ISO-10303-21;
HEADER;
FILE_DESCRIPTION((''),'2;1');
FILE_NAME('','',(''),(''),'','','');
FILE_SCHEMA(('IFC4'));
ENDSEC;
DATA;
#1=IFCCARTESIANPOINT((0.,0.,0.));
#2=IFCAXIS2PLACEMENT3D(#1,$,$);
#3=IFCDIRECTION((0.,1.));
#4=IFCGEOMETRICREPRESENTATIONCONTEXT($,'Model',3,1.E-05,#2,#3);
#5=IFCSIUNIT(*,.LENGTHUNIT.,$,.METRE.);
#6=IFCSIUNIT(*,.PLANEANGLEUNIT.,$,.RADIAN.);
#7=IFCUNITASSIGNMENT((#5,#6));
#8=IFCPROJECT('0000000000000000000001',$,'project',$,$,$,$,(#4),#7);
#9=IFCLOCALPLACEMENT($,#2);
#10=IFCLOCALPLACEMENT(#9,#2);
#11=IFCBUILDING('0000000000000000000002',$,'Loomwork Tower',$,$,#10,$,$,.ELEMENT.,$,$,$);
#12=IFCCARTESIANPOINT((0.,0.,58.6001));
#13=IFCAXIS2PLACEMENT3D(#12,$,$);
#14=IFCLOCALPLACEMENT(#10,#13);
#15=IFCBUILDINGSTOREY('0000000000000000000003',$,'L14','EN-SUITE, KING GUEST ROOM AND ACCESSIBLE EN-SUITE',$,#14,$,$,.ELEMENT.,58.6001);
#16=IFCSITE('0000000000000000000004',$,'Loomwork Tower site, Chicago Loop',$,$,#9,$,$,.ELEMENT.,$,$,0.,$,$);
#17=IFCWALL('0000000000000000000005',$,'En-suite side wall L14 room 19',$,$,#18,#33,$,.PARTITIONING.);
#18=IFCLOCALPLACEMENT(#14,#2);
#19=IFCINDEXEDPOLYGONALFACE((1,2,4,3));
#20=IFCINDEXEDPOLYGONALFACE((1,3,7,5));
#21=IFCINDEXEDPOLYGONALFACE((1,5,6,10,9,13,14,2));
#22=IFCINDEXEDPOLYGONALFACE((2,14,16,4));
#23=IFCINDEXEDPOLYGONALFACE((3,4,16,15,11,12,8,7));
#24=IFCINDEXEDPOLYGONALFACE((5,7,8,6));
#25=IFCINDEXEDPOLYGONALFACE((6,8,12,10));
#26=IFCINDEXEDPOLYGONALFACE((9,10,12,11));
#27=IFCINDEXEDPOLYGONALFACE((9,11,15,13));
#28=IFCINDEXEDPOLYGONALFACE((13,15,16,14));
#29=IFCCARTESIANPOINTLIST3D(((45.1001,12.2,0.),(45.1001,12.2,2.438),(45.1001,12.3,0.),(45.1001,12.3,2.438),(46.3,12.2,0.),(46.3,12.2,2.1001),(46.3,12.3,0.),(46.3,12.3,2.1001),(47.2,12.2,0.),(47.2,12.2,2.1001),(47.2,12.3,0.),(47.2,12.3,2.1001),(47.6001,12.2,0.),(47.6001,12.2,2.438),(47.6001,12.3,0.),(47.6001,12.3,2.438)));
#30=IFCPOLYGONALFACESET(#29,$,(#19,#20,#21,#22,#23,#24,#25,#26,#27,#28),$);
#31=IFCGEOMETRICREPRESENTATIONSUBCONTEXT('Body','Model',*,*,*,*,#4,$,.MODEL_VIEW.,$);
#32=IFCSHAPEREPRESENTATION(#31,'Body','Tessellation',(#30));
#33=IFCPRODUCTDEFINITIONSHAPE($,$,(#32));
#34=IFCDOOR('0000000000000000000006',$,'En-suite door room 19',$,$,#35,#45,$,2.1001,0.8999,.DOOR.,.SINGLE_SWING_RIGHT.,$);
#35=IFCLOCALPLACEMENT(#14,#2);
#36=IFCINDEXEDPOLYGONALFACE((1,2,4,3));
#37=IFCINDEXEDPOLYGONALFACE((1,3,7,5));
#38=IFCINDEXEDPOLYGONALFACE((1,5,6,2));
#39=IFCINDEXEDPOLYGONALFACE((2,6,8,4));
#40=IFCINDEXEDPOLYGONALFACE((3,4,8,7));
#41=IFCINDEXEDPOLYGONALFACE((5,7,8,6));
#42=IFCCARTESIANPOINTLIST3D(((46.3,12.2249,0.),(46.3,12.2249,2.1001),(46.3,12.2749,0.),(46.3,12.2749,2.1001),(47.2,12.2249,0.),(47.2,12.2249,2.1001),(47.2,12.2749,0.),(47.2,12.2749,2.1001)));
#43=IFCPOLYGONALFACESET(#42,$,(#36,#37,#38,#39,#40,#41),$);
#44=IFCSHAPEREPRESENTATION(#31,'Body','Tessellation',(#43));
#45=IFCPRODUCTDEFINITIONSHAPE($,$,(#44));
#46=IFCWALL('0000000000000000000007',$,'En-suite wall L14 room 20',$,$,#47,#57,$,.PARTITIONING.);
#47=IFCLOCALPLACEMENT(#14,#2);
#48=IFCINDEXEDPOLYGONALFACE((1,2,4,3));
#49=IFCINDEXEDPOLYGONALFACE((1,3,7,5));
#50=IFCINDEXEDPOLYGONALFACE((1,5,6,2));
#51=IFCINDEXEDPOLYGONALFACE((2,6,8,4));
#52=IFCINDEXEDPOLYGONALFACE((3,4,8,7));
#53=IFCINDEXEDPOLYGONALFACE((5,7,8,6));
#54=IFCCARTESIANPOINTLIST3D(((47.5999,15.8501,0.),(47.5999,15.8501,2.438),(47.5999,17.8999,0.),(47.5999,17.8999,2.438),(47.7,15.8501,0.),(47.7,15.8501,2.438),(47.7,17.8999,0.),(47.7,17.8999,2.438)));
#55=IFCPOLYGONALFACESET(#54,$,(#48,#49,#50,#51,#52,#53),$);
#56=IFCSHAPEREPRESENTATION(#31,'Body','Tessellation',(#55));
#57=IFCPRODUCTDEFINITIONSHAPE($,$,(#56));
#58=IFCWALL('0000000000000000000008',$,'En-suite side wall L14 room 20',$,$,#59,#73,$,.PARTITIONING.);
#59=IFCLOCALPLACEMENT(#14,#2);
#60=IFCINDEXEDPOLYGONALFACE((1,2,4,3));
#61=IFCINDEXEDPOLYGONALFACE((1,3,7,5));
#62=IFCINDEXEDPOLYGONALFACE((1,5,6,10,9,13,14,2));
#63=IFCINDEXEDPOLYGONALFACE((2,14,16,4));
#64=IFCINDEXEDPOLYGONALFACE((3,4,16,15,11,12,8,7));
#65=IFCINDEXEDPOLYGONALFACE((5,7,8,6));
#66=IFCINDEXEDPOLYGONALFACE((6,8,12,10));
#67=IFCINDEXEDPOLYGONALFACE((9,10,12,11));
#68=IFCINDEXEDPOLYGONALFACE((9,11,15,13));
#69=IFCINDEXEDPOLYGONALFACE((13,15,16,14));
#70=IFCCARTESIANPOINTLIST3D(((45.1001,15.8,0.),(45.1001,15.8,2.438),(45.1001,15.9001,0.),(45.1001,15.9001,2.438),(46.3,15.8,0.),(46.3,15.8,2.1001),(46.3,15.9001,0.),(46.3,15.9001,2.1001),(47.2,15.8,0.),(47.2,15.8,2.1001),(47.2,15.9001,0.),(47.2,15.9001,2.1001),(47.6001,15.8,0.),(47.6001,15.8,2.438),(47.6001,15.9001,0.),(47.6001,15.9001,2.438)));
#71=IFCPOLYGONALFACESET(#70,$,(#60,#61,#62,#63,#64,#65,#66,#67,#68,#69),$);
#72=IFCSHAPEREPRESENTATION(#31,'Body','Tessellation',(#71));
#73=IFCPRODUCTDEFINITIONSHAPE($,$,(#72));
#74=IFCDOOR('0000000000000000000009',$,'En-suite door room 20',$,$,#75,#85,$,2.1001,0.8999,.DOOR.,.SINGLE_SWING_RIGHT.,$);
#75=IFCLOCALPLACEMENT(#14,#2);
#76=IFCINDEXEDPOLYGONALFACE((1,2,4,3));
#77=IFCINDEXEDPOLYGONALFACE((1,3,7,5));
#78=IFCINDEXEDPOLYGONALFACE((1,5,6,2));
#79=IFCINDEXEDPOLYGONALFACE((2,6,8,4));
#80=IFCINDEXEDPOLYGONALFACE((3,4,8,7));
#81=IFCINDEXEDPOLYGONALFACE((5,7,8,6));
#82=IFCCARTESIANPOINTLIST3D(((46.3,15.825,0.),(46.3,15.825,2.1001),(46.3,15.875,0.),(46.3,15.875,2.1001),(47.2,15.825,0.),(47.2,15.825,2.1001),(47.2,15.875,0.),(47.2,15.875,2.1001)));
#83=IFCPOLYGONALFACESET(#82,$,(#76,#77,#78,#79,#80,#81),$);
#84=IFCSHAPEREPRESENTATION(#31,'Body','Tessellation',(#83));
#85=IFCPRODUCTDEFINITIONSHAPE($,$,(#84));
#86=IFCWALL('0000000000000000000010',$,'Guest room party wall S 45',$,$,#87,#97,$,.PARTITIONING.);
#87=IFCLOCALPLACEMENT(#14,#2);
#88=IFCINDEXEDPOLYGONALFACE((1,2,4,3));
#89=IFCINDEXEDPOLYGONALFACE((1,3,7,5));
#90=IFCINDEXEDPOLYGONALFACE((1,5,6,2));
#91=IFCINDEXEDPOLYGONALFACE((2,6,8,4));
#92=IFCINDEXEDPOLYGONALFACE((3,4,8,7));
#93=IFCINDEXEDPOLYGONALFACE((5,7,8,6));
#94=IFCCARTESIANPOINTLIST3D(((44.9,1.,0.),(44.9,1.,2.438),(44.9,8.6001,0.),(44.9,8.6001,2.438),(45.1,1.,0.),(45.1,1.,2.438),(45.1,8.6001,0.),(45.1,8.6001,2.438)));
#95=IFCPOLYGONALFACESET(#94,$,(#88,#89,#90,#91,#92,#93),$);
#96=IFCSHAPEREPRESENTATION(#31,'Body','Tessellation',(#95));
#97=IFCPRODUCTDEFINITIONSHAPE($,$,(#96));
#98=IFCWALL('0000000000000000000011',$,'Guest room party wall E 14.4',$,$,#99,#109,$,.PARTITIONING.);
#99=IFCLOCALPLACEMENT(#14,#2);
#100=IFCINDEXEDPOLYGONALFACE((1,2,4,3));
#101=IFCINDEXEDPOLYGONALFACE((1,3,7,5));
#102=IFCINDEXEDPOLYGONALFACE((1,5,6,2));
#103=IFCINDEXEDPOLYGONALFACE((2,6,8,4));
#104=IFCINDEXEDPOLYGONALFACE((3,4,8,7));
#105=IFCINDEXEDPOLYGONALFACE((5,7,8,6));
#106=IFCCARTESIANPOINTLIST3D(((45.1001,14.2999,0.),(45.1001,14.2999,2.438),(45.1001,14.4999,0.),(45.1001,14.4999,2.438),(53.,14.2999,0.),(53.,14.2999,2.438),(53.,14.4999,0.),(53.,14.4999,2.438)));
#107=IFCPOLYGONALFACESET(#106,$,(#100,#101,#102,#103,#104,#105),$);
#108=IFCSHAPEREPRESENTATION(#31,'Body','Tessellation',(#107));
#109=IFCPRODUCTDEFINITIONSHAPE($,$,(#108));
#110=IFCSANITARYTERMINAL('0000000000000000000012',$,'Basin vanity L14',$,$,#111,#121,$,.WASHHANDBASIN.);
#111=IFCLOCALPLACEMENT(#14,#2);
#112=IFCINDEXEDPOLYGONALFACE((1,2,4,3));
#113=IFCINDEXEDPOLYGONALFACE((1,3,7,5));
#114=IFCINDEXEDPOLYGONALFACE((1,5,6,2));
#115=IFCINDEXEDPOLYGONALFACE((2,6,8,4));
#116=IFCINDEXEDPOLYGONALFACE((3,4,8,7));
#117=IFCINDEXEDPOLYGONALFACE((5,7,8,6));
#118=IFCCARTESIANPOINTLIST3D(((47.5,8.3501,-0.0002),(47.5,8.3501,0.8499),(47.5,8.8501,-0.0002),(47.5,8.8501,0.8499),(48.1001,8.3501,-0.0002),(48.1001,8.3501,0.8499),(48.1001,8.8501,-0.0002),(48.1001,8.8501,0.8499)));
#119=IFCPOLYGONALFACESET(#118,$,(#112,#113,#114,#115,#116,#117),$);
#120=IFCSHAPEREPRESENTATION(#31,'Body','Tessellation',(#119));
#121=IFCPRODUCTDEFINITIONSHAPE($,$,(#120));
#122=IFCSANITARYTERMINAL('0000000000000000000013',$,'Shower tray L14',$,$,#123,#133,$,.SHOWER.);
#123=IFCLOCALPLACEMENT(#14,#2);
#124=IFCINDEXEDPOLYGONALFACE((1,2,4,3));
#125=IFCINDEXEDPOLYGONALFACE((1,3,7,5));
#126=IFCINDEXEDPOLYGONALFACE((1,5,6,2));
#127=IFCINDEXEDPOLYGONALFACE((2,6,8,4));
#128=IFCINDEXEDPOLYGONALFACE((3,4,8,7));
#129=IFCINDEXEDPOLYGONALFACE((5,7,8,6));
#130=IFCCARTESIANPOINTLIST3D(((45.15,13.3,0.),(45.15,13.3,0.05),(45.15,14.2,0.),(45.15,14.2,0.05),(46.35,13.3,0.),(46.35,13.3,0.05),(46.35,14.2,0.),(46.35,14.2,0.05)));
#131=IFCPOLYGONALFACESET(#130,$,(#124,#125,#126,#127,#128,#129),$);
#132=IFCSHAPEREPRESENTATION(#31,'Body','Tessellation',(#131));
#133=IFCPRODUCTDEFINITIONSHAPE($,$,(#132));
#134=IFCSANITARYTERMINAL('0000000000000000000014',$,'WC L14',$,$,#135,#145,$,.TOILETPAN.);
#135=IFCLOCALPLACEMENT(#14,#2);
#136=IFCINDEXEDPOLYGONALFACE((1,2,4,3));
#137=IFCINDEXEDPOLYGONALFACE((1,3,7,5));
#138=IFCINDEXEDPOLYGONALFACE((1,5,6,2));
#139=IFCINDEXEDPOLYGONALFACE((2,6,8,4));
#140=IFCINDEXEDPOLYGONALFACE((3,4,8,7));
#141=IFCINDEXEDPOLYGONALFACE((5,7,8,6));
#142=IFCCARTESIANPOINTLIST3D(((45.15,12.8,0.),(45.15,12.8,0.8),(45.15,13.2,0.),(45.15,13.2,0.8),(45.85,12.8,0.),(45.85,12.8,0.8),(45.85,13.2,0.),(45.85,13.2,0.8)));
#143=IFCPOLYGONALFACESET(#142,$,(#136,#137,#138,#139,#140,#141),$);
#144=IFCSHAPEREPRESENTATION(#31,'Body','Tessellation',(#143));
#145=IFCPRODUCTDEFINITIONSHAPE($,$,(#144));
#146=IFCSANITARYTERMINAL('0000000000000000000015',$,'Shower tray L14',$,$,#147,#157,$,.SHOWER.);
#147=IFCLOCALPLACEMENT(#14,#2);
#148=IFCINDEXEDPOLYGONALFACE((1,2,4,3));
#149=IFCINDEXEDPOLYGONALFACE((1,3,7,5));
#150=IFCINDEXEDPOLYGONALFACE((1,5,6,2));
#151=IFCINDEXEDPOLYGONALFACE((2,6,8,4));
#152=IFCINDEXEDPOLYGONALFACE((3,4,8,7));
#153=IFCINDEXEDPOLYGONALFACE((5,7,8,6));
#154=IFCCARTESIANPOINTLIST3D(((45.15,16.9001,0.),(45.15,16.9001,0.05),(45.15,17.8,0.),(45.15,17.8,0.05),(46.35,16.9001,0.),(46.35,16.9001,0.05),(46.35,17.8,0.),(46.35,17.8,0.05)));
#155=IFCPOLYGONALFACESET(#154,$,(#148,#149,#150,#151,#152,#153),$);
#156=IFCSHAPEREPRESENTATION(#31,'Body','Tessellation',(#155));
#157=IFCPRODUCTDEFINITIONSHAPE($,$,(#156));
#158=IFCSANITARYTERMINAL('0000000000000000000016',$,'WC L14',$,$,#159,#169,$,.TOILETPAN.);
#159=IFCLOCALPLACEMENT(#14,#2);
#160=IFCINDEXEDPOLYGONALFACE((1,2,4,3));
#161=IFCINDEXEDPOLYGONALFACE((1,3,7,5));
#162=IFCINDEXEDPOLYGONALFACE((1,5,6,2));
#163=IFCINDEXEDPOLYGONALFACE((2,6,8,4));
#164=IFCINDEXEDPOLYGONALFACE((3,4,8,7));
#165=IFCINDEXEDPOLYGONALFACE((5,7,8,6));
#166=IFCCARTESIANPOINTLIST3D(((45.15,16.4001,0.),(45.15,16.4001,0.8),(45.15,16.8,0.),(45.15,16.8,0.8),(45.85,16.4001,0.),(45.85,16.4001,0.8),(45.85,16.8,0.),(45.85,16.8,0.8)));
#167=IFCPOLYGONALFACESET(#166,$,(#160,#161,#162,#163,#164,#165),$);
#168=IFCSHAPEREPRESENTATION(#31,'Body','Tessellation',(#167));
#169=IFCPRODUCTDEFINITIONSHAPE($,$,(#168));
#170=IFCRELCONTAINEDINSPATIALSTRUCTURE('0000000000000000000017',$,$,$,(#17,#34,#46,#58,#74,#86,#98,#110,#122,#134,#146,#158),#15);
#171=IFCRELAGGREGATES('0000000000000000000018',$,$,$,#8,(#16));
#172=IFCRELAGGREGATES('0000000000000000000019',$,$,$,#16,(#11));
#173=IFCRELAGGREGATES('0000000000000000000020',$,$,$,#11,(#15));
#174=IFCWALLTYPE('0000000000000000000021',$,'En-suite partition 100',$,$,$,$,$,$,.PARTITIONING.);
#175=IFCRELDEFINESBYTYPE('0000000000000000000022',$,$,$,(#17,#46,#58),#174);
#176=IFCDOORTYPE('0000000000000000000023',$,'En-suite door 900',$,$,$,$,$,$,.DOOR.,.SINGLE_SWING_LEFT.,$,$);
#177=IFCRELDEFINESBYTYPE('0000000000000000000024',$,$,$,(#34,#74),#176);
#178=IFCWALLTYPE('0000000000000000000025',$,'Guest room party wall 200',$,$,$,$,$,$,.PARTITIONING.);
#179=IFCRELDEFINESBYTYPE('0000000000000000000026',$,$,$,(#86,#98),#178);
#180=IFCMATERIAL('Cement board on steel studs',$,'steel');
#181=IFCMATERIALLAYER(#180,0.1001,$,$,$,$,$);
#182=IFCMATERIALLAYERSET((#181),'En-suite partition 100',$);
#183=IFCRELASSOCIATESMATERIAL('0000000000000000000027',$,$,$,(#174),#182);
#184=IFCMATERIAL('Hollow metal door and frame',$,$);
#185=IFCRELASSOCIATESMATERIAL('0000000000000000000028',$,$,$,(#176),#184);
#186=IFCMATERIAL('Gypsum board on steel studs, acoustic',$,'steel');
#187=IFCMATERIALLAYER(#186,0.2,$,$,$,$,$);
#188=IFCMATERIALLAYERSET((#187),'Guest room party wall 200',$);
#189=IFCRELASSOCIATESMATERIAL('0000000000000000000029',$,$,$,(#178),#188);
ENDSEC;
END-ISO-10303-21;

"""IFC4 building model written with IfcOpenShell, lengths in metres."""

from ifc_helpers import new_model, si_unit, direction, frame, frame_2d, origin, origin_2d, place, context, subcontext, project, spatial, rectangle, extrude, material, layer, layer_set, type_object, element, fill, save


model = new_model("IFC4")

# Units and contexts
model_context = context("Model", 3, precision=1e-05, world=origin(), true_north=direction((0.0, 1.0)))
body_context = subcontext(model_context, "Body", "Model", "MODEL_VIEW")
ifc_project = project(units=[si_unit("LENGTHUNIT", "METRE"), si_unit("PLANEANGLEUNIT", "RADIAN")], contexts=[model_context])

# Site, building, storey
site_placement = place(None, origin())
site = spatial("IfcSite", under=ifc_project, at=site_placement, Name="Loomwork Tower site, Chicago Loop", CompositionType="ELEMENT", RefElevation=0.0)
building_placement = place(site_placement, origin())
building = spatial("IfcBuilding", under=site, at=building_placement, Name="Loomwork Tower", CompositionType="ELEMENT")
storey_placement = place(building_placement, frame((0.0, 0.0, 58.6001)))
storey = spatial("IfcBuildingStorey", under=building, at=storey_placement, Name="L14", Description="EN-SUITE, KING GUEST ROOM AND ACCESSIBLE EN-SUITE", CompositionType="ELEMENT", Elevation=58.6001)

# Shared definitions
ifc_material_1 = material(Name="Cement board on steel studs", Category="steel")
ifc_layer_1 = layer(ifc_material_1, 0.1001)
ifc_layer_set_1 = layer_set([ifc_layer_1], Name="En-suite partition 100")
wall_type_1 = type_object("IfcWallType", Name="En-suite partition 100", PredefinedType="PARTITIONING", material=ifc_layer_set_1)

# Wall, opening, door
wall_1_placement = place(storey_placement, frame((45.1001, 12.25, 0.0), z_axis=(0.0, 0.0, 1.0), x_axis=(1.0, 0.0, 0.0)))
wall_1 = element("IfcWall", 1, at=wall_1_placement, inside=storey, type_object=wall_type_1, Name="En-suite side wall L14 room 19", PredefinedType="PARTITIONING", context=body_context, shape_type="SweptSolid", body=[
    extrude(rectangle(XDim=2.5, YDim=0.1001, at=frame_2d((1.25, 0.0))), origin(), (0.0, 0.0, 1.0), 2.438),
])
opening_1_placement = place(wall_1_placement, frame((1.2, 0.0, 0.0)))
opening_1 = element("IfcOpeningElement", 2, at=opening_1_placement, cuts=wall_1, PredefinedType="OPENING", context=body_context, shape_type="SweptSolid", body=[
    extrude(rectangle(XDim=0.8999, YDim=2.1001, at=frame_2d((0.45, 1.05))), frame((0.0, 0.0601, 0.0), z_axis=(0.0, -1.0, 0.0), x_axis=(1.0, 0.0, 0.0)), (0.0, 0.0, 1.0), 0.1201),
])
ifc_material_2 = material(Name="Hollow metal door and frame")
door_type_1 = type_object("IfcDoorType", Name="En-suite door 900", OperationType="SINGLE_SWING_LEFT", PredefinedType="DOOR", material=ifc_material_2)
door_1_placement = place(opening_1_placement, origin())
door_1 = element("IfcDoor", 3, at=door_1_placement, inside=storey, type_object=door_type_1, Name="En-suite door room 19", OperationType="SINGLE_SWING_RIGHT", OverallHeight=2.1001, OverallWidth=0.8999, PredefinedType="DOOR", context=body_context, shape_type="SweptSolid", body=[
    extrude(rectangle(XDim=0.8999, YDim=2.1001, at=frame_2d((0.45, 1.05))), frame((0.0, 0.0249, 0.0), z_axis=(0.0, -1.0, 0.0), x_axis=(1.0, 0.0, 0.0)), (0.0, 0.0, 1.0), 0.05),
])
fill(opening_1, door_1)

# Wall
wall_2_placement = place(storey_placement, frame((47.6499, 15.8501, 0.0), z_axis=(0.0, 0.0, 1.0), x_axis=(0.0, 1.0, 0.0)))
element("IfcWall", 4, at=wall_2_placement, inside=storey, type_object=wall_type_1, Name="En-suite wall L14 room 20", PredefinedType="PARTITIONING", context=body_context, shape_type="SweptSolid", body=[
    extrude(rectangle(XDim=2.0498, YDim=0.1001, at=frame_2d((1.0249, 0.0))), origin(), (0.0, 0.0, 1.0), 2.438),
])

# Wall, opening, door
wall_3_placement = place(storey_placement, frame((45.1001, 15.8501, 0.0), z_axis=(0.0, 0.0, 1.0), x_axis=(1.0, 0.0, 0.0)))
wall_3 = element("IfcWall", 5, at=wall_3_placement, inside=storey, type_object=wall_type_1, Name="En-suite side wall L14 room 20", PredefinedType="PARTITIONING", context=body_context, shape_type="SweptSolid", body=[
    extrude(rectangle(XDim=2.5, YDim=0.1001, at=frame_2d((1.25, 0.0))), origin(), (0.0, 0.0, 1.0), 2.438),
])
opening_2_placement = place(wall_3_placement, frame((1.2, 0.0, 0.0)))
opening_2 = element("IfcOpeningElement", 6, at=opening_2_placement, cuts=wall_3, PredefinedType="OPENING", context=body_context, shape_type="SweptSolid", body=[
    extrude(rectangle(XDim=0.8999, YDim=2.1001, at=frame_2d((0.45, 1.05))), frame((0.0, 0.0601, 0.0), z_axis=(0.0, -1.0, 0.0), x_axis=(1.0, 0.0, 0.0)), (0.0, 0.0, 1.0), 0.1201),
])
door_2_placement = place(opening_2_placement, origin())
door_2 = element("IfcDoor", 7, at=door_2_placement, inside=storey, type_object=door_type_1, Name="En-suite door room 20", OperationType="SINGLE_SWING_RIGHT", OverallHeight=2.1001, OverallWidth=0.8999, PredefinedType="DOOR", context=body_context, shape_type="SweptSolid", body=[
    extrude(rectangle(XDim=0.8999, YDim=2.1001, at=frame_2d((0.45, 1.05))), frame((0.0, 0.0249, 0.0), z_axis=(0.0, -1.0, 0.0), x_axis=(1.0, 0.0, 0.0)), (0.0, 0.0, 1.0), 0.05),
])
fill(opening_2, door_2)

# Walls
ifc_material_3 = material(Name="Gypsum board on steel studs, acoustic", Category="steel")
ifc_layer_2 = layer(ifc_material_3, 0.2)
ifc_layer_set_2 = layer_set([ifc_layer_2], Name="Guest room party wall 200")
wall_type_2 = type_object("IfcWallType", Name="Guest room party wall 200", PredefinedType="PARTITIONING", material=ifc_layer_set_2)
wall_4_placement = place(storey_placement, frame((45.0, 8.6001, 0.0), z_axis=(0.0, 0.0, 1.0), x_axis=(0.0, -1.0, 0.0)))
element("IfcWall", 8, at=wall_4_placement, inside=storey, type_object=wall_type_2, Name="Guest room party wall S 45", PredefinedType="PARTITIONING", context=body_context, shape_type="SweptSolid", body=[
    extrude(rectangle(XDim=7.6001, YDim=0.2, at=frame_2d((3.8, 0.0))), origin(), (0.0, 0.0, 1.0), 2.438),
])
wall_5_placement = place(storey_placement, frame((45.1001, 14.3999, 0.0), z_axis=(0.0, 0.0, 1.0), x_axis=(1.0, 0.0, 0.0)))
element("IfcWall", 9, at=wall_5_placement, inside=storey, type_object=wall_type_2, Name="Guest room party wall E 14.4", PredefinedType="PARTITIONING", context=body_context, shape_type="SweptSolid", body=[
    extrude(rectangle(XDim=7.8999, YDim=0.2, at=frame_2d((3.95, 0.0))), origin(), (0.0, 0.0, 1.0), 2.438),
])

# Sanitary terminals
sanitary_terminal_1_placement = place(storey_placement, frame((47.8, 8.6001, -0.0002), z_axis=(0.0, 0.0, 1.0), x_axis=(1.0, 0.0, 0.0)))
element("IfcSanitaryTerminal", 10, at=sanitary_terminal_1_placement, inside=storey, Name="Basin vanity L14", PredefinedType="WASHHANDBASIN", context=body_context, shape_type="SweptSolid", body=[
    extrude(rectangle(XDim=0.6001, YDim=0.5, at=origin_2d()), origin(), (0.0, 0.0, 1.0), 0.8501),
])
sanitary_terminal_2_placement = place(storey_placement, frame((45.75, 13.75, 0.0), z_axis=(0.0, 0.0, 1.0), x_axis=(1.0, 0.0, 0.0)))
element("IfcSanitaryTerminal", 11, at=sanitary_terminal_2_placement, inside=storey, Name="Shower tray L14", PredefinedType="SHOWER", context=body_context, shape_type="SweptSolid", body=[
    extrude(rectangle(XDim=1.2, YDim=0.8999, at=origin_2d()), origin(), (0.0, 0.0, 1.0), 0.05),
])
sanitary_terminal_3_placement = place(storey_placement, frame((45.5, 13.0, 0.0), z_axis=(0.0, 0.0, 1.0), x_axis=(1.0, 0.0, 0.0)))
element("IfcSanitaryTerminal", 12, at=sanitary_terminal_3_placement, inside=storey, Name="WC L14", PredefinedType="TOILETPAN", context=body_context, shape_type="SweptSolid", body=[
    extrude(rectangle(XDim=0.7, YDim=0.3999, at=origin_2d()), origin(), (0.0, 0.0, 1.0), 0.8),
])
sanitary_terminal_4_placement = place(storey_placement, frame((45.75, 17.3501, 0.0), z_axis=(0.0, 0.0, 1.0), x_axis=(1.0, 0.0, 0.0)))
element("IfcSanitaryTerminal", 13, at=sanitary_terminal_4_placement, inside=storey, Name="Shower tray L14", PredefinedType="SHOWER", context=body_context, shape_type="SweptSolid", body=[
    extrude(rectangle(XDim=1.2, YDim=0.8999, at=origin_2d()), origin(), (0.0, 0.0, 1.0), 0.05),
])
sanitary_terminal_5_placement = place(storey_placement, frame((45.5, 16.6001, 0.0), z_axis=(0.0, 0.0, 1.0), x_axis=(1.0, 0.0, 0.0)))
element("IfcSanitaryTerminal", 14, at=sanitary_terminal_5_placement, inside=storey, Name="WC L14", PredefinedType="TOILETPAN", context=body_context, shape_type="SweptSolid", body=[
    extrude(rectangle(XDim=0.7, YDim=0.3999, at=origin_2d()), origin(), (0.0, 0.0, 1.0), 0.8),
])

save(model, "model.ifc")
